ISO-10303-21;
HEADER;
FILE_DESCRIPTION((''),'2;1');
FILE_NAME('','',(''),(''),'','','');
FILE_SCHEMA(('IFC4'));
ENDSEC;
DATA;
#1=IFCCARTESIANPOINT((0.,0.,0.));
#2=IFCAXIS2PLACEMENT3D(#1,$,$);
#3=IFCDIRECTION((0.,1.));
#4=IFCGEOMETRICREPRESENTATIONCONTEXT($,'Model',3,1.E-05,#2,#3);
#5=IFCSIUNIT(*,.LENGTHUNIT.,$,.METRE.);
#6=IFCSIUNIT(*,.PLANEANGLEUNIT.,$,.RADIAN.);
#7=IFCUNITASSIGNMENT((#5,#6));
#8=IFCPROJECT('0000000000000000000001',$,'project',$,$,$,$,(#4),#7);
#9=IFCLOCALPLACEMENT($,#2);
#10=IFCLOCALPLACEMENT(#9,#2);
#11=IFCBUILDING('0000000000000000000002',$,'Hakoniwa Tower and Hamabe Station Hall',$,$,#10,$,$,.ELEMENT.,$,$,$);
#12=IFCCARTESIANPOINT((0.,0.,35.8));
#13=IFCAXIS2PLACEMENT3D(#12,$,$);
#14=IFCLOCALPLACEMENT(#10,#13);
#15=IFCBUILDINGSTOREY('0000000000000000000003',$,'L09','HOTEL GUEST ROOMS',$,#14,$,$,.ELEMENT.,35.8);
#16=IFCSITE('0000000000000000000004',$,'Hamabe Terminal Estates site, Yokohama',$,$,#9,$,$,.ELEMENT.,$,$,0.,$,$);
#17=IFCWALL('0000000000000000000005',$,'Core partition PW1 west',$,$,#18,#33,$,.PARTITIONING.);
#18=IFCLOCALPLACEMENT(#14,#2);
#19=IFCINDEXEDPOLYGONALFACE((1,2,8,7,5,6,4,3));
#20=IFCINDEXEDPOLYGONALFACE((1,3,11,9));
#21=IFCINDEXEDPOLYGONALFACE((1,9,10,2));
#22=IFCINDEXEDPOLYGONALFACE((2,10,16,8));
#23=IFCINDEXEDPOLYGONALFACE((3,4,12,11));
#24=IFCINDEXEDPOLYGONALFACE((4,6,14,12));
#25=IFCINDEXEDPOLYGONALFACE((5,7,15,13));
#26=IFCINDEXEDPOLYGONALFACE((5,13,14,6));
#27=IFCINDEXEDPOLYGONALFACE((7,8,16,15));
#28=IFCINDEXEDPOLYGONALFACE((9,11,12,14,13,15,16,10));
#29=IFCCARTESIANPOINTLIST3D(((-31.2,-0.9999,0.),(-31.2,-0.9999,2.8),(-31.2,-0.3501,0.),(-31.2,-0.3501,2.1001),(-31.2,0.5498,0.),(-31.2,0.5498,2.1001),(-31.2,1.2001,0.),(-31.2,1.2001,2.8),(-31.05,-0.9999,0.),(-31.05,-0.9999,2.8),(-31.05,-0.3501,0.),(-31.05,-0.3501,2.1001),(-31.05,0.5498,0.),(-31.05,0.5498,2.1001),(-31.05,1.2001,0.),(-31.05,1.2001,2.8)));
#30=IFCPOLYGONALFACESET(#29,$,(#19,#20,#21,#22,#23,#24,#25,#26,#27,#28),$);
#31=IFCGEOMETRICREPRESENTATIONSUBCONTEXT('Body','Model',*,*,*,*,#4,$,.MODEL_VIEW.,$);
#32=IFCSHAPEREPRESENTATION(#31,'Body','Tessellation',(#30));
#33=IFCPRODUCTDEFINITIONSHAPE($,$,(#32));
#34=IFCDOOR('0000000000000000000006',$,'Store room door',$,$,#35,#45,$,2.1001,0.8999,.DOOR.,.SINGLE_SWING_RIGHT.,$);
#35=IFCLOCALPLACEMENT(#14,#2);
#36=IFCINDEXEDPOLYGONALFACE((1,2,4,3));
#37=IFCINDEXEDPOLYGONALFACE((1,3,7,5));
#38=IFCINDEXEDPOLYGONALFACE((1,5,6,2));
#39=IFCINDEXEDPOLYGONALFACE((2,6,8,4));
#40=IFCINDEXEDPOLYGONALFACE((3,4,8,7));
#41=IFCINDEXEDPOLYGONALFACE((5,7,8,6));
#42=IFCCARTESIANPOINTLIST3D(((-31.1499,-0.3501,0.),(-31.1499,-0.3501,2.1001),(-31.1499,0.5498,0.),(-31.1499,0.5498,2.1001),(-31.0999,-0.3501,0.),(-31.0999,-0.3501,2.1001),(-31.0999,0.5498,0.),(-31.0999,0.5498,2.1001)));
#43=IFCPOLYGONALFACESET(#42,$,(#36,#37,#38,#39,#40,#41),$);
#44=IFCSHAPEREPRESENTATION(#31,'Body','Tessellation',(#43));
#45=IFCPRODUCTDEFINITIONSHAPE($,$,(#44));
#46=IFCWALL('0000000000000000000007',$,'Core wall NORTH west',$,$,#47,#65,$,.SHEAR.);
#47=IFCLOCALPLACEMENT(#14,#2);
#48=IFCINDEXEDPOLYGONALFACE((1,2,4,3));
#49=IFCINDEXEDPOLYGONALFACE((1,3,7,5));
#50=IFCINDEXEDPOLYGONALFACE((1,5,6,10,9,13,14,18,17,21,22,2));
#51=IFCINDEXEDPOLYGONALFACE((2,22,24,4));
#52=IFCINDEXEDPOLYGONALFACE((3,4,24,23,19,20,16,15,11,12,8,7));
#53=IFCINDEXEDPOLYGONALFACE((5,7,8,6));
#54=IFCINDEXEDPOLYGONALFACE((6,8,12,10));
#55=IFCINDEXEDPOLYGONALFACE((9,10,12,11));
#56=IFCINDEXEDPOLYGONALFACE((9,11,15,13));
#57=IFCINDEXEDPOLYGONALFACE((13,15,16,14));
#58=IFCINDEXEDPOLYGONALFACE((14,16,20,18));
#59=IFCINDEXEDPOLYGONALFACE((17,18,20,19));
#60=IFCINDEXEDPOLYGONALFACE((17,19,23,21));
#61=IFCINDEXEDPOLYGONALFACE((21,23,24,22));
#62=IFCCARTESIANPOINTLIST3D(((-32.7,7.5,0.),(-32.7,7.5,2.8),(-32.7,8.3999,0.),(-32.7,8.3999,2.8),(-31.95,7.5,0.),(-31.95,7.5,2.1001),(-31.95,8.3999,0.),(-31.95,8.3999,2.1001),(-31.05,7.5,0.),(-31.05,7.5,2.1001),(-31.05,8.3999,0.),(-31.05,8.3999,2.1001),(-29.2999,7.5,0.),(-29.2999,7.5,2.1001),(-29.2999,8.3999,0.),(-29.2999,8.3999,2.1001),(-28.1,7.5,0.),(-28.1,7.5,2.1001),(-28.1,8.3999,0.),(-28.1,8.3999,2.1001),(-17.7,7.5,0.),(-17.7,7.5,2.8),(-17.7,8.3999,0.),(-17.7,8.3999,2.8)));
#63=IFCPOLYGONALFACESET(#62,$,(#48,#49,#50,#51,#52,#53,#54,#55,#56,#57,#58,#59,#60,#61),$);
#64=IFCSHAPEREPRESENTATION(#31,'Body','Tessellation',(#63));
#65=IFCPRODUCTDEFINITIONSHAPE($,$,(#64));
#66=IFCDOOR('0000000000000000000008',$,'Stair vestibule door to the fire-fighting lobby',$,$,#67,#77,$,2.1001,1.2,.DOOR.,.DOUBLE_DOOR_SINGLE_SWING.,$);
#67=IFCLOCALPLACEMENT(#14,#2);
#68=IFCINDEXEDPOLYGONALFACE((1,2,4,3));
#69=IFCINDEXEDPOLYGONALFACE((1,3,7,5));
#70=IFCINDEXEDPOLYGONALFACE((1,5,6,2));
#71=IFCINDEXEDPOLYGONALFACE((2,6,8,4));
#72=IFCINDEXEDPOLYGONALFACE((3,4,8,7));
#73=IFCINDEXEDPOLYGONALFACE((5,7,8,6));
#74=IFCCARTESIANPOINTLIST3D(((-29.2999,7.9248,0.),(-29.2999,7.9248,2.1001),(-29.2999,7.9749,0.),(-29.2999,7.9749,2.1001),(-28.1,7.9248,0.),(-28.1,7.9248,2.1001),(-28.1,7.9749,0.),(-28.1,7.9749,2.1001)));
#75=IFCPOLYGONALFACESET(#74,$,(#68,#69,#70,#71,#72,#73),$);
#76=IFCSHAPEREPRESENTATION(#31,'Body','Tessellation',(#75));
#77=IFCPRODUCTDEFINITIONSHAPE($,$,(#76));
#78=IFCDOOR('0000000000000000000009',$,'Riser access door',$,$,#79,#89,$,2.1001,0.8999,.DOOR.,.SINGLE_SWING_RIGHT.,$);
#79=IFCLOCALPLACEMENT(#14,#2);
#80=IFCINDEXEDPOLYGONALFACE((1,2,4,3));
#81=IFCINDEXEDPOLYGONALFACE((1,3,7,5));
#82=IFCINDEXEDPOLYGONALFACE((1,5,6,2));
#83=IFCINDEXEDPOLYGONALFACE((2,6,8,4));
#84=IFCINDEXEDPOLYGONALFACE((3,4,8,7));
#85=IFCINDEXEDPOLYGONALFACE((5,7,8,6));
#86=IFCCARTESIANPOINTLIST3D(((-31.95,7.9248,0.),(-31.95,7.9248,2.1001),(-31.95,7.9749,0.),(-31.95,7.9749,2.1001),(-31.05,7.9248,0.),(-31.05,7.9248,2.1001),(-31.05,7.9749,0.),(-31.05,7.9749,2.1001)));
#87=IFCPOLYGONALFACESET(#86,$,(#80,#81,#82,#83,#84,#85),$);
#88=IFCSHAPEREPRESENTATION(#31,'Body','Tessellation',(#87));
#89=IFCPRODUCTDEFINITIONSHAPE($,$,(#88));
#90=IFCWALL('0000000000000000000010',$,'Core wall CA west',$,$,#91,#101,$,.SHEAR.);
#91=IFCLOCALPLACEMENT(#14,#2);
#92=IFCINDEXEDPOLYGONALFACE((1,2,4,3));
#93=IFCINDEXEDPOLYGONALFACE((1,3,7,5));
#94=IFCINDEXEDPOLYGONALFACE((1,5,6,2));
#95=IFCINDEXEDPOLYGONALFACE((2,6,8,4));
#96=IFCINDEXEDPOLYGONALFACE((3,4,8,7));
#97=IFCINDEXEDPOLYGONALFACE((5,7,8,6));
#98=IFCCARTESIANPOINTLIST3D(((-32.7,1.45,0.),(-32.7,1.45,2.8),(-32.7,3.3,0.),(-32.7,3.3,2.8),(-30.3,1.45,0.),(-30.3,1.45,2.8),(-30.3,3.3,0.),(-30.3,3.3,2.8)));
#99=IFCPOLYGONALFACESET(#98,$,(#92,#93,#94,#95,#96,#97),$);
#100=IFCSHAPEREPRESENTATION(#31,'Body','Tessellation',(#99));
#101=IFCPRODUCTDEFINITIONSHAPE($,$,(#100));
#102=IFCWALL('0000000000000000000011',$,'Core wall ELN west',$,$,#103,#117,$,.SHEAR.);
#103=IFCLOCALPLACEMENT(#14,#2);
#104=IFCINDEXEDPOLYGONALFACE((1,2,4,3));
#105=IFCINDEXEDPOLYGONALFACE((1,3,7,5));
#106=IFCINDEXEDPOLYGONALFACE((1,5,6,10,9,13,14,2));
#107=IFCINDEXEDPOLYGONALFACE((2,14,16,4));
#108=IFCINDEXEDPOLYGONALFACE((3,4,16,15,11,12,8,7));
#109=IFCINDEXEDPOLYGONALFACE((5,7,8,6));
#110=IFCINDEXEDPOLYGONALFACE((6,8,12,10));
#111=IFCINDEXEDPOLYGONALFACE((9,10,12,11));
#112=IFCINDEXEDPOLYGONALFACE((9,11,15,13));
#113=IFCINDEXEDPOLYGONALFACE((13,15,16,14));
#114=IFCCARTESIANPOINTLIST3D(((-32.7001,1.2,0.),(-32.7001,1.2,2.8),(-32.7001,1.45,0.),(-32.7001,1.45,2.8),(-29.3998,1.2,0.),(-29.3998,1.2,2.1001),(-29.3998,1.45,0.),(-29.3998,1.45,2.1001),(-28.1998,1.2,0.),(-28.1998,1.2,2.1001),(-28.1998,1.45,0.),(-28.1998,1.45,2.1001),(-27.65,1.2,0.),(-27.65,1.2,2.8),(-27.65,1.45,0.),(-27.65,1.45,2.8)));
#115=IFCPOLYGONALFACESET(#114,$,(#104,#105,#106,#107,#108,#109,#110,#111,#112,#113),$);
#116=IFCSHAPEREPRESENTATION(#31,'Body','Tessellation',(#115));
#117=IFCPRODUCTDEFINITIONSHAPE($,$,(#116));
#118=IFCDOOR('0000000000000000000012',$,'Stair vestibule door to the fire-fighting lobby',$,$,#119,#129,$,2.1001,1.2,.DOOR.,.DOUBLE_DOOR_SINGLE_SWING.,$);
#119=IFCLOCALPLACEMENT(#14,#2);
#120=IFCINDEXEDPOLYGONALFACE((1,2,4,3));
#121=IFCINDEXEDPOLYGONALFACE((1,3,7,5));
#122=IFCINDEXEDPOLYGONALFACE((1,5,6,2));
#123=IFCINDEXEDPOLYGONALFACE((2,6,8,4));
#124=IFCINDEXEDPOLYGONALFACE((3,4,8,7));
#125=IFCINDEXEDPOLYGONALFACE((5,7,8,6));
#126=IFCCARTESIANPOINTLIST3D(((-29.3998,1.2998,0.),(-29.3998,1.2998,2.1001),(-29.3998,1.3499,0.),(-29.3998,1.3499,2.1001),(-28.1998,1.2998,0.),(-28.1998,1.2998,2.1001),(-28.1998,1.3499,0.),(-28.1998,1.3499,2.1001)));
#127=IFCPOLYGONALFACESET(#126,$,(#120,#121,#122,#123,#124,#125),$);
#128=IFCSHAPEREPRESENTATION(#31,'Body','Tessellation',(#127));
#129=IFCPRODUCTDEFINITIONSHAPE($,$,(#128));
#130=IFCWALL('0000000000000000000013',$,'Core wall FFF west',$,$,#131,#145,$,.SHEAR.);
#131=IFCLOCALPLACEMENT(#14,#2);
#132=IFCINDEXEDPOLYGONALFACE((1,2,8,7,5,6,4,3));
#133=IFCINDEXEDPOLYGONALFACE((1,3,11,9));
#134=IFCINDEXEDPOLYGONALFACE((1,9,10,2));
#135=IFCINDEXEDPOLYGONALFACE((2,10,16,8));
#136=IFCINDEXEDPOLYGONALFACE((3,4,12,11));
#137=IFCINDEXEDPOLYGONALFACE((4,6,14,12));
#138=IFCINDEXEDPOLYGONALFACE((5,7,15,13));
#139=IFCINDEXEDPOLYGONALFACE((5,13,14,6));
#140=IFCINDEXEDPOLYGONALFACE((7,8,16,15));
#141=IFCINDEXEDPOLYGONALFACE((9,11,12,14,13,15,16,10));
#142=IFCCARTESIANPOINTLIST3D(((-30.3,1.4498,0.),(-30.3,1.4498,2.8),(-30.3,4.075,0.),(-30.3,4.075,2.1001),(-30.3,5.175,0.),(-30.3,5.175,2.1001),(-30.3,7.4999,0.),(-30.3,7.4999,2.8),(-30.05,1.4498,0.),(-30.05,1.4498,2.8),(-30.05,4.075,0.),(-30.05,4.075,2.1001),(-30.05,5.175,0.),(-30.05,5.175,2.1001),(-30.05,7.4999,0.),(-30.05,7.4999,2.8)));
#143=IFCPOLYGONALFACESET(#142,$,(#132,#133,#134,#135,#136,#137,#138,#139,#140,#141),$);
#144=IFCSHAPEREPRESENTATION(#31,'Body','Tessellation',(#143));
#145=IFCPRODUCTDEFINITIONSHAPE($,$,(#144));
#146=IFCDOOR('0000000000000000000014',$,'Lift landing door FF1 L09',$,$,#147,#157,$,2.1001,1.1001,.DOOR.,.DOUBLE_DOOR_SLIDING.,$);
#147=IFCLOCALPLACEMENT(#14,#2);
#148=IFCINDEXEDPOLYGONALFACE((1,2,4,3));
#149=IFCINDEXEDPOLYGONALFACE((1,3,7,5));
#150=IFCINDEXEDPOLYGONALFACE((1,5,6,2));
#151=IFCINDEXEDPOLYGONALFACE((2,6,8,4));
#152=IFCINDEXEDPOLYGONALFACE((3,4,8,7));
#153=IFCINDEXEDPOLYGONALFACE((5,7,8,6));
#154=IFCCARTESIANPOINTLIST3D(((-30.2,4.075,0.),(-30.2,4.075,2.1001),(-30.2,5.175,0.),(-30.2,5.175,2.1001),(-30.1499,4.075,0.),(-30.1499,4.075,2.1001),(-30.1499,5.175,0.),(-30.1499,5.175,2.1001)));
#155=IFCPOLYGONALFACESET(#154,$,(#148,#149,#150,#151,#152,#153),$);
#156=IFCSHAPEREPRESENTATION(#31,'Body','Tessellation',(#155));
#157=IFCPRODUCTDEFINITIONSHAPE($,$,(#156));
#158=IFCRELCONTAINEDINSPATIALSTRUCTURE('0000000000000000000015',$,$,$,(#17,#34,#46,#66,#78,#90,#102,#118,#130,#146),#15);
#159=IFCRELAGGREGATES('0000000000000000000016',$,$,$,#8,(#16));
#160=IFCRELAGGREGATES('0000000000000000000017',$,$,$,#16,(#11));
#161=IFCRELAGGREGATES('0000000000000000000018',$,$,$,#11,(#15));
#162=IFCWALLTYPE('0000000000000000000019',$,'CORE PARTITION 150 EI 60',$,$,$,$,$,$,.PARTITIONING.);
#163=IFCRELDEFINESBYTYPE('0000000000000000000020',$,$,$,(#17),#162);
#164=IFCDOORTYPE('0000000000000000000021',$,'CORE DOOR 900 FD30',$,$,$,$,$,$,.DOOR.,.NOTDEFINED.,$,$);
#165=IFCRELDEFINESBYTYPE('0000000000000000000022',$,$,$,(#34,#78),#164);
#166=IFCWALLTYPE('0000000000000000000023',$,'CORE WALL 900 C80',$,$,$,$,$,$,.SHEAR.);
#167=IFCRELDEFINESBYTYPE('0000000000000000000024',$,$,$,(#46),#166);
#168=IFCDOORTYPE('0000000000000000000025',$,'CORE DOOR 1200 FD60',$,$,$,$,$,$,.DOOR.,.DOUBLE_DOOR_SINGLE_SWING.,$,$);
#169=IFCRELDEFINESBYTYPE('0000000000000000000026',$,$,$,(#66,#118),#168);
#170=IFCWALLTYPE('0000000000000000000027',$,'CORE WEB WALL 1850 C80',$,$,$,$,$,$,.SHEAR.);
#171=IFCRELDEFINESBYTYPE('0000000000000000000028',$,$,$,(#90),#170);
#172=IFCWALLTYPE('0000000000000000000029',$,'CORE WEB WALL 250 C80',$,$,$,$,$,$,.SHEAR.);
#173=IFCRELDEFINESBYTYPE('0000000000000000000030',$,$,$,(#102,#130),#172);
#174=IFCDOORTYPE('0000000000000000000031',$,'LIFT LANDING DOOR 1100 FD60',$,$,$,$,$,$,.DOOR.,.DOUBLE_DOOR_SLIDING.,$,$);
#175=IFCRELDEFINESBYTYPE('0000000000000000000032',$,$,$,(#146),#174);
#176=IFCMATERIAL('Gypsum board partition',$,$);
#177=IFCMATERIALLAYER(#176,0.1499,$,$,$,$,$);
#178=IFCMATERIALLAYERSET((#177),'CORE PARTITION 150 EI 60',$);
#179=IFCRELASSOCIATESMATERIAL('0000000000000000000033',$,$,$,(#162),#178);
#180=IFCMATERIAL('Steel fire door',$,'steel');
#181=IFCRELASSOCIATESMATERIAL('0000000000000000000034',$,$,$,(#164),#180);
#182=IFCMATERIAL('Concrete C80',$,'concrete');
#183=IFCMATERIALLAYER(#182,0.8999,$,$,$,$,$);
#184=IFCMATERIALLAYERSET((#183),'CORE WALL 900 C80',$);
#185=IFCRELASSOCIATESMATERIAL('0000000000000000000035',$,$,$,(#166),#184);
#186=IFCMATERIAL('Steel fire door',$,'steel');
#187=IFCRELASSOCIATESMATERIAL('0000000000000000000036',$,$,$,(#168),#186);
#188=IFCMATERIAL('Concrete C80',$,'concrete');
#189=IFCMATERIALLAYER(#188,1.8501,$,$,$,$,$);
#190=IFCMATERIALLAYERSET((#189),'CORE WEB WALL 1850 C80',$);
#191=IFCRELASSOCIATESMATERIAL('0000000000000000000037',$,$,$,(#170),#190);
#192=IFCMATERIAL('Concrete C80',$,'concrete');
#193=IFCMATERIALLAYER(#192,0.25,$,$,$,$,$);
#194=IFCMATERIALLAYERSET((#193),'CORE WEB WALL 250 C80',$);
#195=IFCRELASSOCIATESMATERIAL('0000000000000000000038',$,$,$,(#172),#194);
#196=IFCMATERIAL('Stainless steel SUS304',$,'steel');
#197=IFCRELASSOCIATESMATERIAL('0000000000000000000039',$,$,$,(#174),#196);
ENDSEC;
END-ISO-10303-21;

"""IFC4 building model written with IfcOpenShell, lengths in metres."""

from ifc_helpers import new_model, si_unit, direction, frame, frame_2d, origin, place, context, subcontext, project, spatial, rectangle, extrude, material, layer, layer_set, type_object, element, fill, save


model = new_model("IFC4")

# Units and contexts
model_context = context("Model", 3, precision=1e-05, world=origin(), true_north=direction((0.0, 1.0)))
body_context = subcontext(model_context, "Body", "Model", "MODEL_VIEW")
ifc_project = project(units=[si_unit("LENGTHUNIT", "METRE"), si_unit("PLANEANGLEUNIT", "RADIAN")], contexts=[model_context])

# Site, building, storey
site_placement = place(None, origin())
site = spatial("IfcSite", under=ifc_project, at=site_placement, Name="Hamabe Terminal Estates site, Yokohama", CompositionType="ELEMENT", RefElevation=0.0)
building_placement = place(site_placement, origin())
building = spatial("IfcBuilding", under=site, at=building_placement, Name="Hakoniwa Tower and Hamabe Station Hall", CompositionType="ELEMENT")
storey_placement = place(building_placement, frame((0.0, 0.0, 35.8)))
storey = spatial("IfcBuildingStorey", under=building, at=storey_placement, Name="L09", Description="HOTEL GUEST ROOMS", CompositionType="ELEMENT", Elevation=35.8)

# Wall, opening, door
ifc_material_1 = material(Name="Gypsum board partition")
ifc_layer_1 = layer(ifc_material_1, 0.1499)
ifc_layer_set_1 = layer_set([ifc_layer_1], Name="CORE PARTITION 150 EI 60")
wall_type_1 = type_object("IfcWallType", Name="CORE PARTITION 150 EI 60", PredefinedType="PARTITIONING", material=ifc_layer_set_1)
wall_1_placement = place(storey_placement, frame((-31.125, -1.0, 0.0), z_axis=(0.0, 0.0, 1.0), x_axis=(0.0, 1.0, 0.0)))
wall_1 = element("IfcWall", 1, at=wall_1_placement, inside=storey, type_object=wall_type_1, Name="Core partition PW1 west", PredefinedType="PARTITIONING", context=body_context, shape_type="SweptSolid", body=[
    extrude(rectangle(XDim=2.2, YDim=0.1499, at=frame_2d((1.1001, 0.0))), origin(), (0.0, 0.0, 1.0), 2.8),
])
opening_1_placement = place(wall_1_placement, frame((0.6499, 0.0, 0.0)))
opening_1 = element("IfcOpeningElement", 2, at=opening_1_placement, cuts=wall_1, PredefinedType="OPENING", context=body_context, shape_type="SweptSolid", body=[
    extrude(rectangle(XDim=0.8999, YDim=2.1001, at=frame_2d((0.45, 1.05))), frame((0.0, 0.085, 0.0), z_axis=(0.0, -1.0, 0.0), x_axis=(1.0, 0.0, 0.0)), (0.0, 0.0, 1.0), 0.1699),
])
ifc_material_2 = material(Name="Steel fire door", Category="steel")
door_type_1 = type_object("IfcDoorType", Name="CORE DOOR 900 FD30", OperationType="NOTDEFINED", PredefinedType="DOOR", material=ifc_material_2)
door_1_placement = place(opening_1_placement, origin())
door_1 = element("IfcDoor", 3, at=door_1_placement, inside=storey, type_object=door_type_1, Name="Store room door", OperationType="SINGLE_SWING_RIGHT", OverallHeight=2.1001, OverallWidth=0.8999, PredefinedType="DOOR", context=body_context, shape_type="SweptSolid", body=[
    extrude(rectangle(XDim=0.8999, YDim=2.1001, at=frame_2d((0.45, 1.05))), frame((0.0, 0.0249, 0.0), z_axis=(0.0, -1.0, 0.0), x_axis=(1.0, 0.0, 0.0)), (0.0, 0.0, 1.0), 0.05),
])
fill(opening_1, door_1)

# Wall, openings, doors
ifc_material_3 = material(Name="Concrete C80", Category="concrete")
ifc_layer_2 = layer(ifc_material_3, 0.8999)
ifc_layer_set_2 = layer_set([ifc_layer_2], Name="CORE WALL 900 C80")
wall_type_2 = type_object("IfcWallType", Name="CORE WALL 900 C80", PredefinedType="SHEAR", material=ifc_layer_set_2)
wall_2_placement = place(storey_placement, frame((-32.7, 7.95, 0.0), z_axis=(0.0, 0.0, 1.0), x_axis=(1.0, 0.0, 0.0)))
wall_2 = element("IfcWall", 4, at=wall_2_placement, inside=storey, type_object=wall_type_2, Name="Core wall NORTH west", PredefinedType="SHEAR", context=body_context, shape_type="SweptSolid", body=[
    extrude(rectangle(XDim=15.0, YDim=0.8999, at=frame_2d((7.5, 0.0))), origin(), (0.0, 0.0, 1.0), 2.8),
])
opening_2_placement = place(wall_2_placement, frame((3.3999, 0.0, 0.0)))
opening_2 = element("IfcOpeningElement", 5, at=opening_2_placement, cuts=wall_2, PredefinedType="OPENING", context=body_context, shape_type="SweptSolid", body=[
    extrude(rectangle(XDim=1.2, YDim=2.1001, at=frame_2d((0.6001, 1.05))), frame((0.0, 0.46, 0.0), z_axis=(0.0, -1.0, 0.0), x_axis=(1.0, 0.0, 0.0)), (0.0, 0.0, 1.0), 0.9199),
])
opening_3_placement = place(wall_2_placement, frame((0.75, 0.0, 0.0)))
opening_3 = element("IfcOpeningElement", 6, at=opening_3_placement, cuts=wall_2, PredefinedType="OPENING", context=body_context, shape_type="SweptSolid", body=[
    extrude(rectangle(XDim=0.8999, YDim=2.1001, at=frame_2d((0.45, 1.05))), frame((0.0, 0.46, 0.0), z_axis=(0.0, -1.0, 0.0), x_axis=(1.0, 0.0, 0.0)), (0.0, 0.0, 1.0), 0.9199),
])
ifc_material_4 = material(Name="Steel fire door", Category="steel")
door_type_2 = type_object("IfcDoorType", Name="CORE DOOR 1200 FD60", OperationType="DOUBLE_DOOR_SINGLE_SWING", PredefinedType="DOOR", material=ifc_material_4)
door_2_placement = place(opening_2_placement, origin())
door_2 = element("IfcDoor", 7, at=door_2_placement, inside=storey, type_object=door_type_2, Name="Stair vestibule door to the fire-fighting lobby", OperationType="DOUBLE_DOOR_SINGLE_SWING", OverallHeight=2.1001, OverallWidth=1.2, PredefinedType="DOOR", context=body_context, shape_type="SweptSolid", body=[
    extrude(rectangle(XDim=1.2, YDim=2.1001, at=frame_2d((0.6001, 1.05))), frame((0.0, 0.0249, 0.0), z_axis=(0.0, -1.0, 0.0), x_axis=(1.0, 0.0, 0.0)), (0.0, 0.0, 1.0), 0.05),
])
fill(opening_2, door_2)
door_3_placement = place(opening_3_placement, origin())
door_3 = element("IfcDoor", 8, at=door_3_placement, inside=storey, type_object=door_type_1, Name="Riser access door", OperationType="SINGLE_SWING_RIGHT", OverallHeight=2.1001, OverallWidth=0.8999, PredefinedType="DOOR", context=body_context, shape_type="SweptSolid", body=[
    extrude(rectangle(XDim=0.8999, YDim=2.1001, at=frame_2d((0.45, 1.05))), frame((0.0, 0.0249, 0.0), z_axis=(0.0, -1.0, 0.0), x_axis=(1.0, 0.0, 0.0)), (0.0, 0.0, 1.0), 0.05),
])
fill(opening_3, door_3)

# Wall
ifc_material_5 = material(Name="Concrete C80", Category="concrete")
ifc_layer_3 = layer(ifc_material_5, 1.8501)
ifc_layer_set_3 = layer_set([ifc_layer_3], Name="CORE WEB WALL 1850 C80")
wall_type_3 = type_object("IfcWallType", Name="CORE WEB WALL 1850 C80", PredefinedType="SHEAR", material=ifc_layer_set_3)
wall_3_placement = place(storey_placement, frame((-32.7, 2.375, 0.0), z_axis=(0.0, 0.0, 1.0), x_axis=(1.0, 0.0, 0.0)))
element("IfcWall", 9, at=wall_3_placement, inside=storey, type_object=wall_type_3, Name="Core wall CA west", PredefinedType="SHEAR", context=body_context, shape_type="SweptSolid", body=[
    extrude(rectangle(XDim=2.3999, YDim=1.8501, at=frame_2d((1.2, 0.0))), origin(), (0.0, 0.0, 1.0), 2.8),
])

# Walls, openings, doors
ifc_material_6 = material(Name="Concrete C80", Category="concrete")
ifc_layer_4 = layer(ifc_material_6, 0.25)
ifc_layer_set_4 = layer_set([ifc_layer_4], Name="CORE WEB WALL 250 C80")
wall_type_4 = type_object("IfcWallType", Name="CORE WEB WALL 250 C80", PredefinedType="SHEAR", material=ifc_layer_set_4)
wall_4_placement = place(storey_placement, frame((-32.7, 1.325, 0.0), z_axis=(0.0, 0.0, 1.0), x_axis=(1.0, 0.0, 0.0)))
wall_4 = element("IfcWall", 10, at=wall_4_placement, inside=storey, type_object=wall_type_4, Name="Core wall ELN west", PredefinedType="SHEAR", context=body_context, shape_type="SweptSolid", body=[
    extrude(rectangle(XDim=5.05, YDim=0.25, at=frame_2d((2.5249, 0.0))), origin(), (0.0, 0.0, 1.0), 2.8),
])
opening_4_placement = place(wall_4_placement, frame((3.3, 0.0, 0.0)))
opening_4 = element("IfcOpeningElement", 11, at=opening_4_placement, cuts=wall_4, PredefinedType="OPENING", context=body_context, shape_type="SweptSolid", body=[
    extrude(rectangle(XDim=1.2, YDim=2.1001, at=frame_2d((0.6001, 1.05))), frame((0.0, 0.135, 0.0), z_axis=(0.0, -1.0, 0.0), x_axis=(1.0, 0.0, 0.0)), (0.0, 0.0, 1.0), 0.27),
])
door_4_placement = place(opening_4_placement, origin())
door_4 = element("IfcDoor", 12, at=door_4_placement, inside=storey, type_object=door_type_2, Name="Stair vestibule door to the fire-fighting lobby", OperationType="DOUBLE_DOOR_SINGLE_SWING", OverallHeight=2.1001, OverallWidth=1.2, PredefinedType="DOOR", context=body_context, shape_type="SweptSolid", body=[
    extrude(rectangle(XDim=1.2, YDim=2.1001, at=frame_2d((0.6001, 1.05))), frame((0.0, 0.0249, 0.0), z_axis=(0.0, -1.0, 0.0), x_axis=(1.0, 0.0, 0.0)), (0.0, 0.0, 1.0), 0.05),
])
fill(opening_4, door_4)
wall_5_placement = place(storey_placement, frame((-30.175, 1.45, 0.0), z_axis=(0.0, 0.0, 1.0), x_axis=(0.0, 1.0, 0.0)))
wall_5 = element("IfcWall", 13, at=wall_5_placement, inside=storey, type_object=wall_type_4, Name="Core wall FFF west", PredefinedType="SHEAR", context=body_context, shape_type="SweptSolid", body=[
    extrude(rectangle(XDim=6.05, YDim=0.25, at=frame_2d((3.0249, 0.0))), origin(), (0.0, 0.0, 1.0), 2.8),
])
opening_5_placement = place(wall_5_placement, frame((2.625, 0.0, 0.0)))
opening_5 = element("IfcOpeningElement", 14, at=opening_5_placement, cuts=wall_5, PredefinedType="OPENING", context=body_context, shape_type="SweptSolid", body=[
    extrude(rectangle(XDim=1.1001, YDim=2.1001, at=frame_2d((0.55, 1.05))), frame((0.0, 0.135, 0.0), z_axis=(0.0, -1.0, 0.0), x_axis=(1.0, 0.0, 0.0)), (0.0, 0.0, 1.0), 0.27),
])
ifc_material_7 = material(Name="Stainless steel SUS304", Category="steel")
door_type_3 = type_object("IfcDoorType", Name="LIFT LANDING DOOR 1100 FD60", OperationType="DOUBLE_DOOR_SLIDING", PredefinedType="DOOR", material=ifc_material_7)
door_5_placement = place(opening_5_placement, origin())
door_5 = element("IfcDoor", 15, at=door_5_placement, inside=storey, type_object=door_type_3, Name="Lift landing door FF1 L09", OperationType="DOUBLE_DOOR_SLIDING", OverallHeight=2.1001, OverallWidth=1.1001, PredefinedType="DOOR", context=body_context, shape_type="SweptSolid", body=[
    extrude(rectangle(XDim=1.1001, YDim=2.1001, at=frame_2d((0.55, 1.05))), frame((0.0, 0.0249, 0.0), z_axis=(0.0, -1.0, 0.0), x_axis=(1.0, 0.0, 0.0)), (0.0, 0.0, 1.0), 0.05),
])
fill(opening_5, door_5)

save(model, "model.ifc")
